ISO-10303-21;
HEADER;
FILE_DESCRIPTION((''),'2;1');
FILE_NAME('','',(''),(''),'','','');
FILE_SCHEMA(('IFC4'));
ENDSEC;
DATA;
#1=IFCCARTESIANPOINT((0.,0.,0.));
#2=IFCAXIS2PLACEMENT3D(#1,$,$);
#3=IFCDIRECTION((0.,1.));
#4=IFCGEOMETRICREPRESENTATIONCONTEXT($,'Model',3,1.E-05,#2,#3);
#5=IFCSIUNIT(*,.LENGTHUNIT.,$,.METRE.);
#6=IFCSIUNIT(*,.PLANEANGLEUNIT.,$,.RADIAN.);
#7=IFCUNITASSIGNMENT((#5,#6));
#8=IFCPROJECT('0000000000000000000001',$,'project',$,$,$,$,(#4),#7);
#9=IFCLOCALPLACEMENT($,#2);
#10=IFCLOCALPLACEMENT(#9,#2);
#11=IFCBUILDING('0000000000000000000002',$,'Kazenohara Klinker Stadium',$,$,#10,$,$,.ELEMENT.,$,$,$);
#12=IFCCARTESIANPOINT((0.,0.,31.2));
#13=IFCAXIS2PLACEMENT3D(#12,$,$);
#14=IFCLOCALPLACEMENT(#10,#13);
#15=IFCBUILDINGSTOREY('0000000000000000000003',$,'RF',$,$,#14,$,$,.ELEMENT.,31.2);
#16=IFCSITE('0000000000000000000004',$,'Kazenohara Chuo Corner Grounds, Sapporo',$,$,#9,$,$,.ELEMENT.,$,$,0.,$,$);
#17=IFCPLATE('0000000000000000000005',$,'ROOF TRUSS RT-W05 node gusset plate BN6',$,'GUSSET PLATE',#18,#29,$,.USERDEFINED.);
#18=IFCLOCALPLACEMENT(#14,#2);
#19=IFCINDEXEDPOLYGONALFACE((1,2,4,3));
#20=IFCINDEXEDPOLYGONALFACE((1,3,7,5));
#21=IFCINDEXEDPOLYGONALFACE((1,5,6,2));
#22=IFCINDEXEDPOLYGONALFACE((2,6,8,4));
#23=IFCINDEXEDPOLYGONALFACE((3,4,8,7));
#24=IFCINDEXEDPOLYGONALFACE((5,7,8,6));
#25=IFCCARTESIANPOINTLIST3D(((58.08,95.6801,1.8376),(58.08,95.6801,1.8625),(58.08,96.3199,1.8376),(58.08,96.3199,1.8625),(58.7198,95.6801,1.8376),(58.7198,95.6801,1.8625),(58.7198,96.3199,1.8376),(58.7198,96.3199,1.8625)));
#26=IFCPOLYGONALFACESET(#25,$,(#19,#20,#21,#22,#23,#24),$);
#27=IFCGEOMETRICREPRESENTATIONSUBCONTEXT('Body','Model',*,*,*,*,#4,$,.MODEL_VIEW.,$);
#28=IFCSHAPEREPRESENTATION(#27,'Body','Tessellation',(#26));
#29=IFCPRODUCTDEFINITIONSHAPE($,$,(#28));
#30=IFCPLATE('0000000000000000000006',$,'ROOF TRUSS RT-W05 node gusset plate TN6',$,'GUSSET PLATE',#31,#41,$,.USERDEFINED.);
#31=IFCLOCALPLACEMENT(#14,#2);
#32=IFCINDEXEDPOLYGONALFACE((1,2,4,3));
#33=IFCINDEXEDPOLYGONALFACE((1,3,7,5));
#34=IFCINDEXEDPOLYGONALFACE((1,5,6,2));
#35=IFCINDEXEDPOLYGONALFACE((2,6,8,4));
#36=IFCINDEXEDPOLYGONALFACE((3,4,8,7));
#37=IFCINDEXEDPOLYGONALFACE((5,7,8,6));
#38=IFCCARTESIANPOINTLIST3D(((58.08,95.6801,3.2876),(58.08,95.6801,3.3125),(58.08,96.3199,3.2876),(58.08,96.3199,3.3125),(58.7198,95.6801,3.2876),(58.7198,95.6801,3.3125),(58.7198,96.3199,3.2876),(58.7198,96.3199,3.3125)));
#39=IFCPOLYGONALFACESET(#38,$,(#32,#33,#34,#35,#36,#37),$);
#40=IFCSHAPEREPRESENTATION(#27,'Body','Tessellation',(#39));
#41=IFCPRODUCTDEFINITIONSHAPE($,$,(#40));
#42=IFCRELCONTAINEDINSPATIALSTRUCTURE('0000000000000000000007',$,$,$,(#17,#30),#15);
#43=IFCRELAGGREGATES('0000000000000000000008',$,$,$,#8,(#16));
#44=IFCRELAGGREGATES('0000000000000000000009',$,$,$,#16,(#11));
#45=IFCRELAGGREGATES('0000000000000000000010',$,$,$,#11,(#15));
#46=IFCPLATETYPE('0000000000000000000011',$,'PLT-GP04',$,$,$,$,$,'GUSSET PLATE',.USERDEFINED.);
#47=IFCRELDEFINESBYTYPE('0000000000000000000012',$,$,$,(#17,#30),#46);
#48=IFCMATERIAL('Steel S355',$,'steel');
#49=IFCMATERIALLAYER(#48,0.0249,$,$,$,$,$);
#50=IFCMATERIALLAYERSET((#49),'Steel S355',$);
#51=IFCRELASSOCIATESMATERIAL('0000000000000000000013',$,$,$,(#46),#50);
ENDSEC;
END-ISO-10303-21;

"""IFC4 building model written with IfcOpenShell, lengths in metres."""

from ifc_helpers import new_model, si_unit, direction, frame, origin, origin_2d, place, context, subcontext, project, spatial, rectangle, extrude, material, layer, layer_set, type_object, element, save


model = new_model("IFC4")

# Units and contexts
model_context = context("Model", 3, precision=1e-05, world=origin(), true_north=direction((0.0, 1.0)))
body_context = subcontext(model_context, "Body", "Model", "MODEL_VIEW")
ifc_project = project(units=[si_unit("LENGTHUNIT", "METRE"), si_unit("PLANEANGLEUNIT", "RADIAN")], contexts=[model_context])

# Site, building, storey
site_placement = place(None, origin())
site = spatial("IfcSite", under=ifc_project, at=site_placement, Name="Kazenohara Chuo Corner Grounds, Sapporo", CompositionType="ELEMENT", RefElevation=0.0)
building_placement = place(site_placement, origin())
building = spatial("IfcBuilding", under=site, at=building_placement, Name="Kazenohara Klinker Stadium", CompositionType="ELEMENT")
storey_placement = place(building_placement, frame((0.0, 0.0, 31.2)))
storey = spatial("IfcBuildingStorey", under=building, at=storey_placement, Name="RF", CompositionType="ELEMENT", Elevation=31.2)

# Shared definitions
ifc_material = material(Name="Steel S355", Category="steel")

# Plates
ifc_layer_1 = layer(ifc_material, 0.0249)
ifc_layer_set_1 = layer_set([ifc_layer_1], Name="Steel S355")
plate_type_1 = type_object("IfcPlateType", Name="PLT-GP04", ElementType="GUSSET PLATE", PredefinedType="USERDEFINED", material=ifc_layer_set_1)
for number, where, z_axis, x_axis, name in (
    (1, (58.3999, 96.0, 1.8376), (0.0, 0.0, 1.0), (1.0, 0.0, 0.0), "ROOF TRUSS RT-W05 node gusset plate BN6"),
    (2, (58.3999, 96.0, 3.2876), (0.0, 0.0, 1.0), (1.0, 0.0, 0.0), "ROOF TRUSS RT-W05 node gusset plate TN6"),
):
    element("IfcPlate", number, at=place(storey_placement, frame(where, z_axis=z_axis, x_axis=x_axis)), inside=storey, type_object=plate_type_1, Name=name, ObjectType="GUSSET PLATE", PredefinedType="USERDEFINED", context=body_context, shape_type="SweptSolid", body=[
        extrude(rectangle(XDim=0.6399, YDim=0.6399, at=origin_2d()), origin(), (0.0, 0.0, 1.0), 0.0249),
    ])

save(model, "model.ifc")
